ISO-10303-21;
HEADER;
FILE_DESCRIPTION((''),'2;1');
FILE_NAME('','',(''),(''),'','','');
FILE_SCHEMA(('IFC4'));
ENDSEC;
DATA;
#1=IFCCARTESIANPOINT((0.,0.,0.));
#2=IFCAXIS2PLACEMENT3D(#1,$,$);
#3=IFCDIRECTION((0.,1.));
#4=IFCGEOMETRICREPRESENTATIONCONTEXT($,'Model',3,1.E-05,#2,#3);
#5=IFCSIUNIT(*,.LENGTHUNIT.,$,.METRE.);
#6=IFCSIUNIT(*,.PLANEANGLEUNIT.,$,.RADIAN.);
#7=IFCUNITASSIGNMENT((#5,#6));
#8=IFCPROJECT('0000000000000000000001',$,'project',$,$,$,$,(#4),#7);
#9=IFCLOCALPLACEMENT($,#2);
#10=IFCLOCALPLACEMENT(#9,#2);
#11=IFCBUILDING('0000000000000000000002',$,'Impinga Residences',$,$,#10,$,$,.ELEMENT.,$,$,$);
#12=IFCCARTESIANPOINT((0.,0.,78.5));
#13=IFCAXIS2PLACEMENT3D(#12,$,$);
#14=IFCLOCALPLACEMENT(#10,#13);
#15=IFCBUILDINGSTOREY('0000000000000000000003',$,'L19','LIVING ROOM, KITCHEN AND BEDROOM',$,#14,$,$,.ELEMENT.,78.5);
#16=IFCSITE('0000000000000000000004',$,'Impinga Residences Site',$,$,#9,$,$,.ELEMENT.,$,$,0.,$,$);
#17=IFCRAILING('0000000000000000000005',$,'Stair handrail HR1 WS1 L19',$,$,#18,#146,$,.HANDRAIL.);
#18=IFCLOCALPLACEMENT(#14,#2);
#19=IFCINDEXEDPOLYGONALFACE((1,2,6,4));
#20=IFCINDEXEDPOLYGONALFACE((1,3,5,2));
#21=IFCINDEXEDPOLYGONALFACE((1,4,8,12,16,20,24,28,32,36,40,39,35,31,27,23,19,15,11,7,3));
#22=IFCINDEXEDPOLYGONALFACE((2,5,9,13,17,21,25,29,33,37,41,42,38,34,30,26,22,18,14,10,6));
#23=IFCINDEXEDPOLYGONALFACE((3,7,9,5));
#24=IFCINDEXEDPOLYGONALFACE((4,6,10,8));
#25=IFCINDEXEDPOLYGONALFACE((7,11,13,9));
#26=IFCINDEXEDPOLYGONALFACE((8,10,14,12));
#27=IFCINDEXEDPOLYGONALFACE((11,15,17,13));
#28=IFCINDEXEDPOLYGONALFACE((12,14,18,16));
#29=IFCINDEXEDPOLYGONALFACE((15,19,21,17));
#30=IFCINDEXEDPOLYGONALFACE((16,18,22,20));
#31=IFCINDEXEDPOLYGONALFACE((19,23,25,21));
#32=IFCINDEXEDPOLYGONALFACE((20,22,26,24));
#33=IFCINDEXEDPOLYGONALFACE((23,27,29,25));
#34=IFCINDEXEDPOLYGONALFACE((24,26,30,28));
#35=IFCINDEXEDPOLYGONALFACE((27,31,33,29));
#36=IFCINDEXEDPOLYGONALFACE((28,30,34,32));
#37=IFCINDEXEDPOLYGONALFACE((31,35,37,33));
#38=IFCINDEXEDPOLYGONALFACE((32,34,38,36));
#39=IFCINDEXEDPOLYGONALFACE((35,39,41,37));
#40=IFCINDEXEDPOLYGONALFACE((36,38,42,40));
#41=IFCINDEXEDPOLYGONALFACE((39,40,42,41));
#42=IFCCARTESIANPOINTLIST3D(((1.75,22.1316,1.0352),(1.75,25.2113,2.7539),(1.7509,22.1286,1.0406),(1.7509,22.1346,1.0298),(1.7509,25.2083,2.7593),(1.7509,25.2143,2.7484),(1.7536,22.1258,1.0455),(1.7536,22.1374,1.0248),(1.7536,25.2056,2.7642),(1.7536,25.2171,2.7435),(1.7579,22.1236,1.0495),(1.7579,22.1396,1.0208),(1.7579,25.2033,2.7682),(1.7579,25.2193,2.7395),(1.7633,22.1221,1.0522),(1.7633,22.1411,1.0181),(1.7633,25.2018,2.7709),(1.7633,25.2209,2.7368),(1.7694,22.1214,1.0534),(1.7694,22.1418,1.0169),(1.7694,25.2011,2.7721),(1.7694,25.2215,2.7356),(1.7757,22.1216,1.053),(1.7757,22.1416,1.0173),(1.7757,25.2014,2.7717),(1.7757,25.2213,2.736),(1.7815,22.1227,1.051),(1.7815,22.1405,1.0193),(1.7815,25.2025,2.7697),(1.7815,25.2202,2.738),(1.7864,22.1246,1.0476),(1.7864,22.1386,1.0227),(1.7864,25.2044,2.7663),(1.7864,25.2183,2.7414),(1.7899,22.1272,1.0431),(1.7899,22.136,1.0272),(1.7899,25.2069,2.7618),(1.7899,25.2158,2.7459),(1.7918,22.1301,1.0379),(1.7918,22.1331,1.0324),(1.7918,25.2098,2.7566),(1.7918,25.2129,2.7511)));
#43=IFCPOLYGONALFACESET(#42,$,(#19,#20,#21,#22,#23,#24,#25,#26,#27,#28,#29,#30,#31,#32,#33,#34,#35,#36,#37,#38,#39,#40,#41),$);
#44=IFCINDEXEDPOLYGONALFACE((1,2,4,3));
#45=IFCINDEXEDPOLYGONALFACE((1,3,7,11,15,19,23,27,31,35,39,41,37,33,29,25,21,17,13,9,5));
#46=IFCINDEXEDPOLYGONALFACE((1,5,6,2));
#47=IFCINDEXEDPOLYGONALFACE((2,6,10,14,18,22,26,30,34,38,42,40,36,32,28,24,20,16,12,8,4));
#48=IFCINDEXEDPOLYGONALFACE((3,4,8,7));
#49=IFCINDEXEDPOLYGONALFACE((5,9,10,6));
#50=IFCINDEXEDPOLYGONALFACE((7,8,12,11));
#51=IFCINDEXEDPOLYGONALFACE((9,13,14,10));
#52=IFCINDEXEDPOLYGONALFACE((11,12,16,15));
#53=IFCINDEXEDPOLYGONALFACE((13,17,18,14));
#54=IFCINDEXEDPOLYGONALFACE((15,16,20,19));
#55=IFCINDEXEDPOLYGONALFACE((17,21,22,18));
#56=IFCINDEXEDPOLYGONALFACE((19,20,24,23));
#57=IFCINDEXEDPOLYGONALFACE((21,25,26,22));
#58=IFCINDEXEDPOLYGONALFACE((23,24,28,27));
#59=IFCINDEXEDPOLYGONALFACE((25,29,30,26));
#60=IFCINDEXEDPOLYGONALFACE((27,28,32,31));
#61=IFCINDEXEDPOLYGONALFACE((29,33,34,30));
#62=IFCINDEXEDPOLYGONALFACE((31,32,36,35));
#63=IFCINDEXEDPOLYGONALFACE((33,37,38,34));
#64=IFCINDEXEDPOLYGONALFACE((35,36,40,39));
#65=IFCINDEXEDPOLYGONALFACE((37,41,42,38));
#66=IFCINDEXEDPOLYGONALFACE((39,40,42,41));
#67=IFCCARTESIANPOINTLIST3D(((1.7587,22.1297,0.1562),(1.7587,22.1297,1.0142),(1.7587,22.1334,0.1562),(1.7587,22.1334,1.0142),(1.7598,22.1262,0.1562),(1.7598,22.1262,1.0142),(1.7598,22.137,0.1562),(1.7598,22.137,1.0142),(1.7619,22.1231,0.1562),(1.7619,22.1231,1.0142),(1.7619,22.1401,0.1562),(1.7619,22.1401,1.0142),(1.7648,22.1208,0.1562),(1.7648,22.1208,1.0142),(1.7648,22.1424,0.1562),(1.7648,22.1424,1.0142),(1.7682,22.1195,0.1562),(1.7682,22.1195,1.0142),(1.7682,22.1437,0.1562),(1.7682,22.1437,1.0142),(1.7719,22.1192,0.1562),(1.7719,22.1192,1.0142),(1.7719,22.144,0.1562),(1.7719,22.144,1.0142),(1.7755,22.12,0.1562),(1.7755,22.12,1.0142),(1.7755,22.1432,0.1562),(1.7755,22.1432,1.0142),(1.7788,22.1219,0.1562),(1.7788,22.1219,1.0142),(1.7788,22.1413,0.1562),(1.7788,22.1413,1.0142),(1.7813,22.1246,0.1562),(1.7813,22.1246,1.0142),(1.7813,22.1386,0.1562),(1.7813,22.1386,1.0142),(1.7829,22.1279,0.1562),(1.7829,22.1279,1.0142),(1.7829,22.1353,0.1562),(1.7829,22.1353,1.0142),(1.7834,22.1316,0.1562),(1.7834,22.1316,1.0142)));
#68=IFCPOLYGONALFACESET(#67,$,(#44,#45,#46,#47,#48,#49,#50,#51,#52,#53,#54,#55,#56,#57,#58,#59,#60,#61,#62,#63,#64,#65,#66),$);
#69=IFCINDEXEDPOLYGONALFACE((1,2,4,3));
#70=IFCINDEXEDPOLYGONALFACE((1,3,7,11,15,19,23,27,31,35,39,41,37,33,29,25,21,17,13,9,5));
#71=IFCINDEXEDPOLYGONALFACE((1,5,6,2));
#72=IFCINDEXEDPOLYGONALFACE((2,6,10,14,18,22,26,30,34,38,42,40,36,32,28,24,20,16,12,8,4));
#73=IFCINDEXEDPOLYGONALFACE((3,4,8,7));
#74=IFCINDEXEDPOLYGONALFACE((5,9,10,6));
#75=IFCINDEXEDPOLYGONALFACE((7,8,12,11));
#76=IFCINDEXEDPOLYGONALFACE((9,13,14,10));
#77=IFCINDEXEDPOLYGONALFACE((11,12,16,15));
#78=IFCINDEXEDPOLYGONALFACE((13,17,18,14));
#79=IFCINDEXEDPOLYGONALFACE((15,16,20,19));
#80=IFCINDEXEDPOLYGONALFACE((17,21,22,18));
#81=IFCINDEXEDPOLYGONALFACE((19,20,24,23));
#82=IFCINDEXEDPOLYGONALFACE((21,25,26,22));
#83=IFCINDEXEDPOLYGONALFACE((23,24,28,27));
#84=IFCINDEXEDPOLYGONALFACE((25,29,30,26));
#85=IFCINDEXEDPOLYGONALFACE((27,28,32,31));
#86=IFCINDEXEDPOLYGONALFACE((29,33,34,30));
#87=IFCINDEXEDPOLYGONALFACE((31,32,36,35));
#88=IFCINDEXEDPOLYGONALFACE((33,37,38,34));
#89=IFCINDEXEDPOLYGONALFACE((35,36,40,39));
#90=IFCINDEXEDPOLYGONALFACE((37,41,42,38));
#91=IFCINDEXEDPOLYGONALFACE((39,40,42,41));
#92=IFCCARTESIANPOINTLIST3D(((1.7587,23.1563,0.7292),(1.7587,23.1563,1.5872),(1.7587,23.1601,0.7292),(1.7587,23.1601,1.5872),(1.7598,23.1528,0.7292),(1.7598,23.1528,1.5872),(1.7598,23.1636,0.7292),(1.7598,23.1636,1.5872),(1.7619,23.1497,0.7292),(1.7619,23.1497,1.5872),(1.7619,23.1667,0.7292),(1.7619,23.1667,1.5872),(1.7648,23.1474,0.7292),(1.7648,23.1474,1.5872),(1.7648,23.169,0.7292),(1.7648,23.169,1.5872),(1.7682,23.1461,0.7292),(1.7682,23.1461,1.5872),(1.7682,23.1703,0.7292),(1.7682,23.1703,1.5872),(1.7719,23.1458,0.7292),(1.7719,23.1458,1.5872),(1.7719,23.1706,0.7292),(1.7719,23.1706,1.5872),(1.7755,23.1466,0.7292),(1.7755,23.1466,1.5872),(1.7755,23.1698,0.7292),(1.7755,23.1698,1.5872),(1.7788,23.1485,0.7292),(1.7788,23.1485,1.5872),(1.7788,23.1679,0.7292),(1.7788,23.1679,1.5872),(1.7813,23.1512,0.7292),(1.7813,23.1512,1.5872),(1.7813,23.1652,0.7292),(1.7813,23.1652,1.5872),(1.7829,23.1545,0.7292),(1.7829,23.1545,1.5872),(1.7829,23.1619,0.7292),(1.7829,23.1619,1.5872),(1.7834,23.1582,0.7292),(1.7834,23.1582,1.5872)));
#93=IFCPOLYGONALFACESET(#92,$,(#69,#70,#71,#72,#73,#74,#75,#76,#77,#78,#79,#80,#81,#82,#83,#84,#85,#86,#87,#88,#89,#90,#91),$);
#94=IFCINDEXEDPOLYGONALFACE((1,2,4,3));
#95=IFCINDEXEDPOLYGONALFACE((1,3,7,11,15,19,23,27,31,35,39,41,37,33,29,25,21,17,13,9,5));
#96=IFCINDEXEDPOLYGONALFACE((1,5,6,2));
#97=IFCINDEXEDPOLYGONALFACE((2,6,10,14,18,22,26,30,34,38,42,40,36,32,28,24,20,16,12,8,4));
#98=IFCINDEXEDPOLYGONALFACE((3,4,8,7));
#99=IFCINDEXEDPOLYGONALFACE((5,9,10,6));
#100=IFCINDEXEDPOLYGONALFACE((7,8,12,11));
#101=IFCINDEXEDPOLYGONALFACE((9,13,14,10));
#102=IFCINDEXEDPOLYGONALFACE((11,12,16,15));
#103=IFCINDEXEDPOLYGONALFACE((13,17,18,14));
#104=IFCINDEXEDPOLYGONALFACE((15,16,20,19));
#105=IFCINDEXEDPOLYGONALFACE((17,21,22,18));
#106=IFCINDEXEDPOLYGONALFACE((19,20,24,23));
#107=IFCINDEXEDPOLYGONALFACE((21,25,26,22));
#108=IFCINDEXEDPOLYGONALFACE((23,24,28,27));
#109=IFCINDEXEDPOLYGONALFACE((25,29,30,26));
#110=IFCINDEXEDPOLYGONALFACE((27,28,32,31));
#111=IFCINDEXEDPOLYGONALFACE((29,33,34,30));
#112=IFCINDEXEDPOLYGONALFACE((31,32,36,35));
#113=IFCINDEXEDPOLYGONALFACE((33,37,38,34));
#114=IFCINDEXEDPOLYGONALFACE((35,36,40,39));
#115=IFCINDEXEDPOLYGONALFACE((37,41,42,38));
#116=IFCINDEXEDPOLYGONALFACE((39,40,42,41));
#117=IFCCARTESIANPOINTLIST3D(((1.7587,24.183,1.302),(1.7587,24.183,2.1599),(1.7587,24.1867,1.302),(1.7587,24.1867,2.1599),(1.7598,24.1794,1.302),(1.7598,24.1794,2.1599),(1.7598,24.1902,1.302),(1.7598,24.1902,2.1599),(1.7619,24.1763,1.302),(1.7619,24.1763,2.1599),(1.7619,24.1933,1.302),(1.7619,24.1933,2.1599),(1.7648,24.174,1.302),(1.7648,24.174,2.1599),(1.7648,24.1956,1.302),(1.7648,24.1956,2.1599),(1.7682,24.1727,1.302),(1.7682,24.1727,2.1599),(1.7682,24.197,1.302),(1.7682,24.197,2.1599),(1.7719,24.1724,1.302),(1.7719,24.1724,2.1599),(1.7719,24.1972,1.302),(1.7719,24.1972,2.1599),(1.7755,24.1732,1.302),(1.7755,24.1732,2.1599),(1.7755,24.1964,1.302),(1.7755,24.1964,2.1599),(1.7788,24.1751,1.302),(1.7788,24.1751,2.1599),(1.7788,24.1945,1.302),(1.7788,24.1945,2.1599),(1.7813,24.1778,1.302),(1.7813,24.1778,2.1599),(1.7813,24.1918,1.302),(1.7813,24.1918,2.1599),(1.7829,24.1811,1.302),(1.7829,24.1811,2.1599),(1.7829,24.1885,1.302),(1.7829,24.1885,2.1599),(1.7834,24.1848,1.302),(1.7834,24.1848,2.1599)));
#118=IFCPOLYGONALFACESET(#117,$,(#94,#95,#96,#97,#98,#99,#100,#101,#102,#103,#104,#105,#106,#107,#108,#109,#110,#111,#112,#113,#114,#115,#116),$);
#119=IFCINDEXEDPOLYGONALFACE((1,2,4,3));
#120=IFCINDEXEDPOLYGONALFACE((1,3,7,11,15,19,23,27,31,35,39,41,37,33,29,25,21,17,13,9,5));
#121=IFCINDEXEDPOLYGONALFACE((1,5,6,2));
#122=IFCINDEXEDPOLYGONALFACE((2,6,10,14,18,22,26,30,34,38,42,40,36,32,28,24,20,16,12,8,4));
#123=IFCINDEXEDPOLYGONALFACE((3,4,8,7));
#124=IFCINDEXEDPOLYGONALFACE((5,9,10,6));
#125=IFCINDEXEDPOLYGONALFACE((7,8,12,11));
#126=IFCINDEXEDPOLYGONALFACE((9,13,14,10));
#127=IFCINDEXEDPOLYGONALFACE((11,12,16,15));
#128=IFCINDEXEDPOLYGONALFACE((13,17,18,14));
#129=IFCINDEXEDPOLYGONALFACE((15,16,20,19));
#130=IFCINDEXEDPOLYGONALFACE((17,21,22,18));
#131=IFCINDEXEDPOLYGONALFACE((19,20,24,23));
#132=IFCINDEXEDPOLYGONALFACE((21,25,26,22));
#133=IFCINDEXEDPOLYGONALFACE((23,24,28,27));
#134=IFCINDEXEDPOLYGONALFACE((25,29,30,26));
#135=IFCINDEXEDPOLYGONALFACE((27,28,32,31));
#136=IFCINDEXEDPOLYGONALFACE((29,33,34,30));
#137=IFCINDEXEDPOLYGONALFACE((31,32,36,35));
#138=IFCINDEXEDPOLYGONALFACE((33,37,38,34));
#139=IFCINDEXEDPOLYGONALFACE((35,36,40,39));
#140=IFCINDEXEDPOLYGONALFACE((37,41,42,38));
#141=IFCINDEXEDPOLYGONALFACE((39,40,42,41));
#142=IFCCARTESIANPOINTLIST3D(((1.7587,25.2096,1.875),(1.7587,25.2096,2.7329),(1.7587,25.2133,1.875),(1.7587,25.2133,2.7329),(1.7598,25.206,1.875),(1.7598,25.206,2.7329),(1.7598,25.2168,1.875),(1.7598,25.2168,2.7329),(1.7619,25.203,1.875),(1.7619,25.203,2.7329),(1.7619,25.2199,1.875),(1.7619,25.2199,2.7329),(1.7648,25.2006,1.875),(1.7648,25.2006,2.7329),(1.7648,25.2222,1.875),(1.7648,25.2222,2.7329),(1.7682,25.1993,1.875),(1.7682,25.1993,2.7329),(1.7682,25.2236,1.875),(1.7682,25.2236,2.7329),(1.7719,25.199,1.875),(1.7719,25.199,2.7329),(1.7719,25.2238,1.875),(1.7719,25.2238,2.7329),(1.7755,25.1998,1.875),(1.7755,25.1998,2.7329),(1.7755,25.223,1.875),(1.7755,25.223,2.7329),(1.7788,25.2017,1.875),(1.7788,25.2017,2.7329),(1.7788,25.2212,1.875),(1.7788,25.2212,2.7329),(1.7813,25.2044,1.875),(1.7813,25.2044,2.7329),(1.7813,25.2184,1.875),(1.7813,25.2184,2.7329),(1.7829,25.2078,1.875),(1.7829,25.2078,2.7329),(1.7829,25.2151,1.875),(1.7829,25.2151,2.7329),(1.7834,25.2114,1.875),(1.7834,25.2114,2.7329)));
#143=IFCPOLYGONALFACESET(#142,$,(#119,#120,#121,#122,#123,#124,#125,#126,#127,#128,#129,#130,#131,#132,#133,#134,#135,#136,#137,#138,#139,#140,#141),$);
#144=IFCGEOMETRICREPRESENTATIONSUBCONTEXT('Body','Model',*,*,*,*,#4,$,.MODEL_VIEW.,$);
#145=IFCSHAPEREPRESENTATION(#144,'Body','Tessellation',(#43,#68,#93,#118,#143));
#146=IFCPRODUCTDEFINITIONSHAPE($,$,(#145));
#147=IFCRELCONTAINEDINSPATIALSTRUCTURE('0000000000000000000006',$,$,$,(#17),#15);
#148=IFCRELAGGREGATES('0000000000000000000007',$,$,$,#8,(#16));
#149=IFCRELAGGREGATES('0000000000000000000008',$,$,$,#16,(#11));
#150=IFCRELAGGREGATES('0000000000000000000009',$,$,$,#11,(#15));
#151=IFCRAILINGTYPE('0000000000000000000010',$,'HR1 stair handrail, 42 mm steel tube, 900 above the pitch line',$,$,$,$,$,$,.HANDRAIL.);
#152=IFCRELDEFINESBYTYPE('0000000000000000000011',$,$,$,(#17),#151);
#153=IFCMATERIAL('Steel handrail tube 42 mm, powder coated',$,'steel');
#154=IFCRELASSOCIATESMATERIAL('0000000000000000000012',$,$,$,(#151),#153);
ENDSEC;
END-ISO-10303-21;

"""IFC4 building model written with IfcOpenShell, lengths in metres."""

from ifc_helpers import new_model, si_unit, direction, frame, origin, origin_2d, place, context, subcontext, project, spatial, circle, extrude, material, type_object, element, save


model = new_model("IFC4")

# Units and contexts
model_context = context("Model", 3, precision=1e-05, world=origin(), true_north=direction((0.0, 1.0)))
body_context = subcontext(model_context, "Body", "Model", "MODEL_VIEW")
ifc_project = project(units=[si_unit("LENGTHUNIT", "METRE"), si_unit("PLANEANGLEUNIT", "RADIAN")], contexts=[model_context])

# Site, building, storey
site_placement = place(None, origin())
site = spatial("IfcSite", under=ifc_project, at=site_placement, Name="Impinga Residences Site", CompositionType="ELEMENT", RefElevation=0.0)
building_placement = place(site_placement, origin())
building = spatial("IfcBuilding", under=site, at=building_placement, Name="Impinga Residences", CompositionType="ELEMENT")
storey_placement = place(building_placement, frame((0.0, 0.0, 78.5)))
storey = spatial("IfcBuildingStorey", under=building, at=storey_placement, Name="L19", Description="LIVING ROOM, KITCHEN AND BEDROOM", CompositionType="ELEMENT", Elevation=78.5)

# Railing
ifc_material_1 = material(Name="Steel handrail tube 42 mm, powder coated", Category="steel")
railing_type_1 = type_object("IfcRailingType", Name="HR1 stair handrail, 42 mm steel tube, 900 above the pitch line", PredefinedType="HANDRAIL", material=ifc_material_1)
railing_1_placement = place(storey_placement, frame((1.771, 22.1316, 0.1562)))
element("IfcRailing", 1, at=railing_1_placement, inside=storey, type_object=railing_type_1, Name="Stair handrail HR1 WS1 L19", PredefinedType="HANDRAIL", context=body_context, shape_type="SweptSolid", body=[
    extrude(circle(Radius=0.021, at=origin_2d()), frame((0.0, 0.0, 0.8789), z_axis=(0.0, 0.873225, 0.487317), x_axis=(-1.0, 0.0, 0.0)), (0.0, 0.0, 1.0), 3.5269),
    extrude(circle(Radius=0.0125, at=origin_2d()), origin(), (0.0, 0.0, 1.0), 0.8579),
    extrude(circle(Radius=0.0125, at=origin_2d()), frame((0.0, 1.0266, 0.573)), (0.0, 0.0, 1.0), 0.8579),
    extrude(circle(Radius=0.0125, at=origin_2d()), frame((0.0, 2.0532, 1.1458)), (0.0, 0.0, 1.0), 0.8579),
    extrude(circle(Radius=0.0125, at=origin_2d()), frame((0.0, 3.0798, 1.7188)), (0.0, 0.0, 1.0), 0.8579),
])

save(model, "model.ifc")
